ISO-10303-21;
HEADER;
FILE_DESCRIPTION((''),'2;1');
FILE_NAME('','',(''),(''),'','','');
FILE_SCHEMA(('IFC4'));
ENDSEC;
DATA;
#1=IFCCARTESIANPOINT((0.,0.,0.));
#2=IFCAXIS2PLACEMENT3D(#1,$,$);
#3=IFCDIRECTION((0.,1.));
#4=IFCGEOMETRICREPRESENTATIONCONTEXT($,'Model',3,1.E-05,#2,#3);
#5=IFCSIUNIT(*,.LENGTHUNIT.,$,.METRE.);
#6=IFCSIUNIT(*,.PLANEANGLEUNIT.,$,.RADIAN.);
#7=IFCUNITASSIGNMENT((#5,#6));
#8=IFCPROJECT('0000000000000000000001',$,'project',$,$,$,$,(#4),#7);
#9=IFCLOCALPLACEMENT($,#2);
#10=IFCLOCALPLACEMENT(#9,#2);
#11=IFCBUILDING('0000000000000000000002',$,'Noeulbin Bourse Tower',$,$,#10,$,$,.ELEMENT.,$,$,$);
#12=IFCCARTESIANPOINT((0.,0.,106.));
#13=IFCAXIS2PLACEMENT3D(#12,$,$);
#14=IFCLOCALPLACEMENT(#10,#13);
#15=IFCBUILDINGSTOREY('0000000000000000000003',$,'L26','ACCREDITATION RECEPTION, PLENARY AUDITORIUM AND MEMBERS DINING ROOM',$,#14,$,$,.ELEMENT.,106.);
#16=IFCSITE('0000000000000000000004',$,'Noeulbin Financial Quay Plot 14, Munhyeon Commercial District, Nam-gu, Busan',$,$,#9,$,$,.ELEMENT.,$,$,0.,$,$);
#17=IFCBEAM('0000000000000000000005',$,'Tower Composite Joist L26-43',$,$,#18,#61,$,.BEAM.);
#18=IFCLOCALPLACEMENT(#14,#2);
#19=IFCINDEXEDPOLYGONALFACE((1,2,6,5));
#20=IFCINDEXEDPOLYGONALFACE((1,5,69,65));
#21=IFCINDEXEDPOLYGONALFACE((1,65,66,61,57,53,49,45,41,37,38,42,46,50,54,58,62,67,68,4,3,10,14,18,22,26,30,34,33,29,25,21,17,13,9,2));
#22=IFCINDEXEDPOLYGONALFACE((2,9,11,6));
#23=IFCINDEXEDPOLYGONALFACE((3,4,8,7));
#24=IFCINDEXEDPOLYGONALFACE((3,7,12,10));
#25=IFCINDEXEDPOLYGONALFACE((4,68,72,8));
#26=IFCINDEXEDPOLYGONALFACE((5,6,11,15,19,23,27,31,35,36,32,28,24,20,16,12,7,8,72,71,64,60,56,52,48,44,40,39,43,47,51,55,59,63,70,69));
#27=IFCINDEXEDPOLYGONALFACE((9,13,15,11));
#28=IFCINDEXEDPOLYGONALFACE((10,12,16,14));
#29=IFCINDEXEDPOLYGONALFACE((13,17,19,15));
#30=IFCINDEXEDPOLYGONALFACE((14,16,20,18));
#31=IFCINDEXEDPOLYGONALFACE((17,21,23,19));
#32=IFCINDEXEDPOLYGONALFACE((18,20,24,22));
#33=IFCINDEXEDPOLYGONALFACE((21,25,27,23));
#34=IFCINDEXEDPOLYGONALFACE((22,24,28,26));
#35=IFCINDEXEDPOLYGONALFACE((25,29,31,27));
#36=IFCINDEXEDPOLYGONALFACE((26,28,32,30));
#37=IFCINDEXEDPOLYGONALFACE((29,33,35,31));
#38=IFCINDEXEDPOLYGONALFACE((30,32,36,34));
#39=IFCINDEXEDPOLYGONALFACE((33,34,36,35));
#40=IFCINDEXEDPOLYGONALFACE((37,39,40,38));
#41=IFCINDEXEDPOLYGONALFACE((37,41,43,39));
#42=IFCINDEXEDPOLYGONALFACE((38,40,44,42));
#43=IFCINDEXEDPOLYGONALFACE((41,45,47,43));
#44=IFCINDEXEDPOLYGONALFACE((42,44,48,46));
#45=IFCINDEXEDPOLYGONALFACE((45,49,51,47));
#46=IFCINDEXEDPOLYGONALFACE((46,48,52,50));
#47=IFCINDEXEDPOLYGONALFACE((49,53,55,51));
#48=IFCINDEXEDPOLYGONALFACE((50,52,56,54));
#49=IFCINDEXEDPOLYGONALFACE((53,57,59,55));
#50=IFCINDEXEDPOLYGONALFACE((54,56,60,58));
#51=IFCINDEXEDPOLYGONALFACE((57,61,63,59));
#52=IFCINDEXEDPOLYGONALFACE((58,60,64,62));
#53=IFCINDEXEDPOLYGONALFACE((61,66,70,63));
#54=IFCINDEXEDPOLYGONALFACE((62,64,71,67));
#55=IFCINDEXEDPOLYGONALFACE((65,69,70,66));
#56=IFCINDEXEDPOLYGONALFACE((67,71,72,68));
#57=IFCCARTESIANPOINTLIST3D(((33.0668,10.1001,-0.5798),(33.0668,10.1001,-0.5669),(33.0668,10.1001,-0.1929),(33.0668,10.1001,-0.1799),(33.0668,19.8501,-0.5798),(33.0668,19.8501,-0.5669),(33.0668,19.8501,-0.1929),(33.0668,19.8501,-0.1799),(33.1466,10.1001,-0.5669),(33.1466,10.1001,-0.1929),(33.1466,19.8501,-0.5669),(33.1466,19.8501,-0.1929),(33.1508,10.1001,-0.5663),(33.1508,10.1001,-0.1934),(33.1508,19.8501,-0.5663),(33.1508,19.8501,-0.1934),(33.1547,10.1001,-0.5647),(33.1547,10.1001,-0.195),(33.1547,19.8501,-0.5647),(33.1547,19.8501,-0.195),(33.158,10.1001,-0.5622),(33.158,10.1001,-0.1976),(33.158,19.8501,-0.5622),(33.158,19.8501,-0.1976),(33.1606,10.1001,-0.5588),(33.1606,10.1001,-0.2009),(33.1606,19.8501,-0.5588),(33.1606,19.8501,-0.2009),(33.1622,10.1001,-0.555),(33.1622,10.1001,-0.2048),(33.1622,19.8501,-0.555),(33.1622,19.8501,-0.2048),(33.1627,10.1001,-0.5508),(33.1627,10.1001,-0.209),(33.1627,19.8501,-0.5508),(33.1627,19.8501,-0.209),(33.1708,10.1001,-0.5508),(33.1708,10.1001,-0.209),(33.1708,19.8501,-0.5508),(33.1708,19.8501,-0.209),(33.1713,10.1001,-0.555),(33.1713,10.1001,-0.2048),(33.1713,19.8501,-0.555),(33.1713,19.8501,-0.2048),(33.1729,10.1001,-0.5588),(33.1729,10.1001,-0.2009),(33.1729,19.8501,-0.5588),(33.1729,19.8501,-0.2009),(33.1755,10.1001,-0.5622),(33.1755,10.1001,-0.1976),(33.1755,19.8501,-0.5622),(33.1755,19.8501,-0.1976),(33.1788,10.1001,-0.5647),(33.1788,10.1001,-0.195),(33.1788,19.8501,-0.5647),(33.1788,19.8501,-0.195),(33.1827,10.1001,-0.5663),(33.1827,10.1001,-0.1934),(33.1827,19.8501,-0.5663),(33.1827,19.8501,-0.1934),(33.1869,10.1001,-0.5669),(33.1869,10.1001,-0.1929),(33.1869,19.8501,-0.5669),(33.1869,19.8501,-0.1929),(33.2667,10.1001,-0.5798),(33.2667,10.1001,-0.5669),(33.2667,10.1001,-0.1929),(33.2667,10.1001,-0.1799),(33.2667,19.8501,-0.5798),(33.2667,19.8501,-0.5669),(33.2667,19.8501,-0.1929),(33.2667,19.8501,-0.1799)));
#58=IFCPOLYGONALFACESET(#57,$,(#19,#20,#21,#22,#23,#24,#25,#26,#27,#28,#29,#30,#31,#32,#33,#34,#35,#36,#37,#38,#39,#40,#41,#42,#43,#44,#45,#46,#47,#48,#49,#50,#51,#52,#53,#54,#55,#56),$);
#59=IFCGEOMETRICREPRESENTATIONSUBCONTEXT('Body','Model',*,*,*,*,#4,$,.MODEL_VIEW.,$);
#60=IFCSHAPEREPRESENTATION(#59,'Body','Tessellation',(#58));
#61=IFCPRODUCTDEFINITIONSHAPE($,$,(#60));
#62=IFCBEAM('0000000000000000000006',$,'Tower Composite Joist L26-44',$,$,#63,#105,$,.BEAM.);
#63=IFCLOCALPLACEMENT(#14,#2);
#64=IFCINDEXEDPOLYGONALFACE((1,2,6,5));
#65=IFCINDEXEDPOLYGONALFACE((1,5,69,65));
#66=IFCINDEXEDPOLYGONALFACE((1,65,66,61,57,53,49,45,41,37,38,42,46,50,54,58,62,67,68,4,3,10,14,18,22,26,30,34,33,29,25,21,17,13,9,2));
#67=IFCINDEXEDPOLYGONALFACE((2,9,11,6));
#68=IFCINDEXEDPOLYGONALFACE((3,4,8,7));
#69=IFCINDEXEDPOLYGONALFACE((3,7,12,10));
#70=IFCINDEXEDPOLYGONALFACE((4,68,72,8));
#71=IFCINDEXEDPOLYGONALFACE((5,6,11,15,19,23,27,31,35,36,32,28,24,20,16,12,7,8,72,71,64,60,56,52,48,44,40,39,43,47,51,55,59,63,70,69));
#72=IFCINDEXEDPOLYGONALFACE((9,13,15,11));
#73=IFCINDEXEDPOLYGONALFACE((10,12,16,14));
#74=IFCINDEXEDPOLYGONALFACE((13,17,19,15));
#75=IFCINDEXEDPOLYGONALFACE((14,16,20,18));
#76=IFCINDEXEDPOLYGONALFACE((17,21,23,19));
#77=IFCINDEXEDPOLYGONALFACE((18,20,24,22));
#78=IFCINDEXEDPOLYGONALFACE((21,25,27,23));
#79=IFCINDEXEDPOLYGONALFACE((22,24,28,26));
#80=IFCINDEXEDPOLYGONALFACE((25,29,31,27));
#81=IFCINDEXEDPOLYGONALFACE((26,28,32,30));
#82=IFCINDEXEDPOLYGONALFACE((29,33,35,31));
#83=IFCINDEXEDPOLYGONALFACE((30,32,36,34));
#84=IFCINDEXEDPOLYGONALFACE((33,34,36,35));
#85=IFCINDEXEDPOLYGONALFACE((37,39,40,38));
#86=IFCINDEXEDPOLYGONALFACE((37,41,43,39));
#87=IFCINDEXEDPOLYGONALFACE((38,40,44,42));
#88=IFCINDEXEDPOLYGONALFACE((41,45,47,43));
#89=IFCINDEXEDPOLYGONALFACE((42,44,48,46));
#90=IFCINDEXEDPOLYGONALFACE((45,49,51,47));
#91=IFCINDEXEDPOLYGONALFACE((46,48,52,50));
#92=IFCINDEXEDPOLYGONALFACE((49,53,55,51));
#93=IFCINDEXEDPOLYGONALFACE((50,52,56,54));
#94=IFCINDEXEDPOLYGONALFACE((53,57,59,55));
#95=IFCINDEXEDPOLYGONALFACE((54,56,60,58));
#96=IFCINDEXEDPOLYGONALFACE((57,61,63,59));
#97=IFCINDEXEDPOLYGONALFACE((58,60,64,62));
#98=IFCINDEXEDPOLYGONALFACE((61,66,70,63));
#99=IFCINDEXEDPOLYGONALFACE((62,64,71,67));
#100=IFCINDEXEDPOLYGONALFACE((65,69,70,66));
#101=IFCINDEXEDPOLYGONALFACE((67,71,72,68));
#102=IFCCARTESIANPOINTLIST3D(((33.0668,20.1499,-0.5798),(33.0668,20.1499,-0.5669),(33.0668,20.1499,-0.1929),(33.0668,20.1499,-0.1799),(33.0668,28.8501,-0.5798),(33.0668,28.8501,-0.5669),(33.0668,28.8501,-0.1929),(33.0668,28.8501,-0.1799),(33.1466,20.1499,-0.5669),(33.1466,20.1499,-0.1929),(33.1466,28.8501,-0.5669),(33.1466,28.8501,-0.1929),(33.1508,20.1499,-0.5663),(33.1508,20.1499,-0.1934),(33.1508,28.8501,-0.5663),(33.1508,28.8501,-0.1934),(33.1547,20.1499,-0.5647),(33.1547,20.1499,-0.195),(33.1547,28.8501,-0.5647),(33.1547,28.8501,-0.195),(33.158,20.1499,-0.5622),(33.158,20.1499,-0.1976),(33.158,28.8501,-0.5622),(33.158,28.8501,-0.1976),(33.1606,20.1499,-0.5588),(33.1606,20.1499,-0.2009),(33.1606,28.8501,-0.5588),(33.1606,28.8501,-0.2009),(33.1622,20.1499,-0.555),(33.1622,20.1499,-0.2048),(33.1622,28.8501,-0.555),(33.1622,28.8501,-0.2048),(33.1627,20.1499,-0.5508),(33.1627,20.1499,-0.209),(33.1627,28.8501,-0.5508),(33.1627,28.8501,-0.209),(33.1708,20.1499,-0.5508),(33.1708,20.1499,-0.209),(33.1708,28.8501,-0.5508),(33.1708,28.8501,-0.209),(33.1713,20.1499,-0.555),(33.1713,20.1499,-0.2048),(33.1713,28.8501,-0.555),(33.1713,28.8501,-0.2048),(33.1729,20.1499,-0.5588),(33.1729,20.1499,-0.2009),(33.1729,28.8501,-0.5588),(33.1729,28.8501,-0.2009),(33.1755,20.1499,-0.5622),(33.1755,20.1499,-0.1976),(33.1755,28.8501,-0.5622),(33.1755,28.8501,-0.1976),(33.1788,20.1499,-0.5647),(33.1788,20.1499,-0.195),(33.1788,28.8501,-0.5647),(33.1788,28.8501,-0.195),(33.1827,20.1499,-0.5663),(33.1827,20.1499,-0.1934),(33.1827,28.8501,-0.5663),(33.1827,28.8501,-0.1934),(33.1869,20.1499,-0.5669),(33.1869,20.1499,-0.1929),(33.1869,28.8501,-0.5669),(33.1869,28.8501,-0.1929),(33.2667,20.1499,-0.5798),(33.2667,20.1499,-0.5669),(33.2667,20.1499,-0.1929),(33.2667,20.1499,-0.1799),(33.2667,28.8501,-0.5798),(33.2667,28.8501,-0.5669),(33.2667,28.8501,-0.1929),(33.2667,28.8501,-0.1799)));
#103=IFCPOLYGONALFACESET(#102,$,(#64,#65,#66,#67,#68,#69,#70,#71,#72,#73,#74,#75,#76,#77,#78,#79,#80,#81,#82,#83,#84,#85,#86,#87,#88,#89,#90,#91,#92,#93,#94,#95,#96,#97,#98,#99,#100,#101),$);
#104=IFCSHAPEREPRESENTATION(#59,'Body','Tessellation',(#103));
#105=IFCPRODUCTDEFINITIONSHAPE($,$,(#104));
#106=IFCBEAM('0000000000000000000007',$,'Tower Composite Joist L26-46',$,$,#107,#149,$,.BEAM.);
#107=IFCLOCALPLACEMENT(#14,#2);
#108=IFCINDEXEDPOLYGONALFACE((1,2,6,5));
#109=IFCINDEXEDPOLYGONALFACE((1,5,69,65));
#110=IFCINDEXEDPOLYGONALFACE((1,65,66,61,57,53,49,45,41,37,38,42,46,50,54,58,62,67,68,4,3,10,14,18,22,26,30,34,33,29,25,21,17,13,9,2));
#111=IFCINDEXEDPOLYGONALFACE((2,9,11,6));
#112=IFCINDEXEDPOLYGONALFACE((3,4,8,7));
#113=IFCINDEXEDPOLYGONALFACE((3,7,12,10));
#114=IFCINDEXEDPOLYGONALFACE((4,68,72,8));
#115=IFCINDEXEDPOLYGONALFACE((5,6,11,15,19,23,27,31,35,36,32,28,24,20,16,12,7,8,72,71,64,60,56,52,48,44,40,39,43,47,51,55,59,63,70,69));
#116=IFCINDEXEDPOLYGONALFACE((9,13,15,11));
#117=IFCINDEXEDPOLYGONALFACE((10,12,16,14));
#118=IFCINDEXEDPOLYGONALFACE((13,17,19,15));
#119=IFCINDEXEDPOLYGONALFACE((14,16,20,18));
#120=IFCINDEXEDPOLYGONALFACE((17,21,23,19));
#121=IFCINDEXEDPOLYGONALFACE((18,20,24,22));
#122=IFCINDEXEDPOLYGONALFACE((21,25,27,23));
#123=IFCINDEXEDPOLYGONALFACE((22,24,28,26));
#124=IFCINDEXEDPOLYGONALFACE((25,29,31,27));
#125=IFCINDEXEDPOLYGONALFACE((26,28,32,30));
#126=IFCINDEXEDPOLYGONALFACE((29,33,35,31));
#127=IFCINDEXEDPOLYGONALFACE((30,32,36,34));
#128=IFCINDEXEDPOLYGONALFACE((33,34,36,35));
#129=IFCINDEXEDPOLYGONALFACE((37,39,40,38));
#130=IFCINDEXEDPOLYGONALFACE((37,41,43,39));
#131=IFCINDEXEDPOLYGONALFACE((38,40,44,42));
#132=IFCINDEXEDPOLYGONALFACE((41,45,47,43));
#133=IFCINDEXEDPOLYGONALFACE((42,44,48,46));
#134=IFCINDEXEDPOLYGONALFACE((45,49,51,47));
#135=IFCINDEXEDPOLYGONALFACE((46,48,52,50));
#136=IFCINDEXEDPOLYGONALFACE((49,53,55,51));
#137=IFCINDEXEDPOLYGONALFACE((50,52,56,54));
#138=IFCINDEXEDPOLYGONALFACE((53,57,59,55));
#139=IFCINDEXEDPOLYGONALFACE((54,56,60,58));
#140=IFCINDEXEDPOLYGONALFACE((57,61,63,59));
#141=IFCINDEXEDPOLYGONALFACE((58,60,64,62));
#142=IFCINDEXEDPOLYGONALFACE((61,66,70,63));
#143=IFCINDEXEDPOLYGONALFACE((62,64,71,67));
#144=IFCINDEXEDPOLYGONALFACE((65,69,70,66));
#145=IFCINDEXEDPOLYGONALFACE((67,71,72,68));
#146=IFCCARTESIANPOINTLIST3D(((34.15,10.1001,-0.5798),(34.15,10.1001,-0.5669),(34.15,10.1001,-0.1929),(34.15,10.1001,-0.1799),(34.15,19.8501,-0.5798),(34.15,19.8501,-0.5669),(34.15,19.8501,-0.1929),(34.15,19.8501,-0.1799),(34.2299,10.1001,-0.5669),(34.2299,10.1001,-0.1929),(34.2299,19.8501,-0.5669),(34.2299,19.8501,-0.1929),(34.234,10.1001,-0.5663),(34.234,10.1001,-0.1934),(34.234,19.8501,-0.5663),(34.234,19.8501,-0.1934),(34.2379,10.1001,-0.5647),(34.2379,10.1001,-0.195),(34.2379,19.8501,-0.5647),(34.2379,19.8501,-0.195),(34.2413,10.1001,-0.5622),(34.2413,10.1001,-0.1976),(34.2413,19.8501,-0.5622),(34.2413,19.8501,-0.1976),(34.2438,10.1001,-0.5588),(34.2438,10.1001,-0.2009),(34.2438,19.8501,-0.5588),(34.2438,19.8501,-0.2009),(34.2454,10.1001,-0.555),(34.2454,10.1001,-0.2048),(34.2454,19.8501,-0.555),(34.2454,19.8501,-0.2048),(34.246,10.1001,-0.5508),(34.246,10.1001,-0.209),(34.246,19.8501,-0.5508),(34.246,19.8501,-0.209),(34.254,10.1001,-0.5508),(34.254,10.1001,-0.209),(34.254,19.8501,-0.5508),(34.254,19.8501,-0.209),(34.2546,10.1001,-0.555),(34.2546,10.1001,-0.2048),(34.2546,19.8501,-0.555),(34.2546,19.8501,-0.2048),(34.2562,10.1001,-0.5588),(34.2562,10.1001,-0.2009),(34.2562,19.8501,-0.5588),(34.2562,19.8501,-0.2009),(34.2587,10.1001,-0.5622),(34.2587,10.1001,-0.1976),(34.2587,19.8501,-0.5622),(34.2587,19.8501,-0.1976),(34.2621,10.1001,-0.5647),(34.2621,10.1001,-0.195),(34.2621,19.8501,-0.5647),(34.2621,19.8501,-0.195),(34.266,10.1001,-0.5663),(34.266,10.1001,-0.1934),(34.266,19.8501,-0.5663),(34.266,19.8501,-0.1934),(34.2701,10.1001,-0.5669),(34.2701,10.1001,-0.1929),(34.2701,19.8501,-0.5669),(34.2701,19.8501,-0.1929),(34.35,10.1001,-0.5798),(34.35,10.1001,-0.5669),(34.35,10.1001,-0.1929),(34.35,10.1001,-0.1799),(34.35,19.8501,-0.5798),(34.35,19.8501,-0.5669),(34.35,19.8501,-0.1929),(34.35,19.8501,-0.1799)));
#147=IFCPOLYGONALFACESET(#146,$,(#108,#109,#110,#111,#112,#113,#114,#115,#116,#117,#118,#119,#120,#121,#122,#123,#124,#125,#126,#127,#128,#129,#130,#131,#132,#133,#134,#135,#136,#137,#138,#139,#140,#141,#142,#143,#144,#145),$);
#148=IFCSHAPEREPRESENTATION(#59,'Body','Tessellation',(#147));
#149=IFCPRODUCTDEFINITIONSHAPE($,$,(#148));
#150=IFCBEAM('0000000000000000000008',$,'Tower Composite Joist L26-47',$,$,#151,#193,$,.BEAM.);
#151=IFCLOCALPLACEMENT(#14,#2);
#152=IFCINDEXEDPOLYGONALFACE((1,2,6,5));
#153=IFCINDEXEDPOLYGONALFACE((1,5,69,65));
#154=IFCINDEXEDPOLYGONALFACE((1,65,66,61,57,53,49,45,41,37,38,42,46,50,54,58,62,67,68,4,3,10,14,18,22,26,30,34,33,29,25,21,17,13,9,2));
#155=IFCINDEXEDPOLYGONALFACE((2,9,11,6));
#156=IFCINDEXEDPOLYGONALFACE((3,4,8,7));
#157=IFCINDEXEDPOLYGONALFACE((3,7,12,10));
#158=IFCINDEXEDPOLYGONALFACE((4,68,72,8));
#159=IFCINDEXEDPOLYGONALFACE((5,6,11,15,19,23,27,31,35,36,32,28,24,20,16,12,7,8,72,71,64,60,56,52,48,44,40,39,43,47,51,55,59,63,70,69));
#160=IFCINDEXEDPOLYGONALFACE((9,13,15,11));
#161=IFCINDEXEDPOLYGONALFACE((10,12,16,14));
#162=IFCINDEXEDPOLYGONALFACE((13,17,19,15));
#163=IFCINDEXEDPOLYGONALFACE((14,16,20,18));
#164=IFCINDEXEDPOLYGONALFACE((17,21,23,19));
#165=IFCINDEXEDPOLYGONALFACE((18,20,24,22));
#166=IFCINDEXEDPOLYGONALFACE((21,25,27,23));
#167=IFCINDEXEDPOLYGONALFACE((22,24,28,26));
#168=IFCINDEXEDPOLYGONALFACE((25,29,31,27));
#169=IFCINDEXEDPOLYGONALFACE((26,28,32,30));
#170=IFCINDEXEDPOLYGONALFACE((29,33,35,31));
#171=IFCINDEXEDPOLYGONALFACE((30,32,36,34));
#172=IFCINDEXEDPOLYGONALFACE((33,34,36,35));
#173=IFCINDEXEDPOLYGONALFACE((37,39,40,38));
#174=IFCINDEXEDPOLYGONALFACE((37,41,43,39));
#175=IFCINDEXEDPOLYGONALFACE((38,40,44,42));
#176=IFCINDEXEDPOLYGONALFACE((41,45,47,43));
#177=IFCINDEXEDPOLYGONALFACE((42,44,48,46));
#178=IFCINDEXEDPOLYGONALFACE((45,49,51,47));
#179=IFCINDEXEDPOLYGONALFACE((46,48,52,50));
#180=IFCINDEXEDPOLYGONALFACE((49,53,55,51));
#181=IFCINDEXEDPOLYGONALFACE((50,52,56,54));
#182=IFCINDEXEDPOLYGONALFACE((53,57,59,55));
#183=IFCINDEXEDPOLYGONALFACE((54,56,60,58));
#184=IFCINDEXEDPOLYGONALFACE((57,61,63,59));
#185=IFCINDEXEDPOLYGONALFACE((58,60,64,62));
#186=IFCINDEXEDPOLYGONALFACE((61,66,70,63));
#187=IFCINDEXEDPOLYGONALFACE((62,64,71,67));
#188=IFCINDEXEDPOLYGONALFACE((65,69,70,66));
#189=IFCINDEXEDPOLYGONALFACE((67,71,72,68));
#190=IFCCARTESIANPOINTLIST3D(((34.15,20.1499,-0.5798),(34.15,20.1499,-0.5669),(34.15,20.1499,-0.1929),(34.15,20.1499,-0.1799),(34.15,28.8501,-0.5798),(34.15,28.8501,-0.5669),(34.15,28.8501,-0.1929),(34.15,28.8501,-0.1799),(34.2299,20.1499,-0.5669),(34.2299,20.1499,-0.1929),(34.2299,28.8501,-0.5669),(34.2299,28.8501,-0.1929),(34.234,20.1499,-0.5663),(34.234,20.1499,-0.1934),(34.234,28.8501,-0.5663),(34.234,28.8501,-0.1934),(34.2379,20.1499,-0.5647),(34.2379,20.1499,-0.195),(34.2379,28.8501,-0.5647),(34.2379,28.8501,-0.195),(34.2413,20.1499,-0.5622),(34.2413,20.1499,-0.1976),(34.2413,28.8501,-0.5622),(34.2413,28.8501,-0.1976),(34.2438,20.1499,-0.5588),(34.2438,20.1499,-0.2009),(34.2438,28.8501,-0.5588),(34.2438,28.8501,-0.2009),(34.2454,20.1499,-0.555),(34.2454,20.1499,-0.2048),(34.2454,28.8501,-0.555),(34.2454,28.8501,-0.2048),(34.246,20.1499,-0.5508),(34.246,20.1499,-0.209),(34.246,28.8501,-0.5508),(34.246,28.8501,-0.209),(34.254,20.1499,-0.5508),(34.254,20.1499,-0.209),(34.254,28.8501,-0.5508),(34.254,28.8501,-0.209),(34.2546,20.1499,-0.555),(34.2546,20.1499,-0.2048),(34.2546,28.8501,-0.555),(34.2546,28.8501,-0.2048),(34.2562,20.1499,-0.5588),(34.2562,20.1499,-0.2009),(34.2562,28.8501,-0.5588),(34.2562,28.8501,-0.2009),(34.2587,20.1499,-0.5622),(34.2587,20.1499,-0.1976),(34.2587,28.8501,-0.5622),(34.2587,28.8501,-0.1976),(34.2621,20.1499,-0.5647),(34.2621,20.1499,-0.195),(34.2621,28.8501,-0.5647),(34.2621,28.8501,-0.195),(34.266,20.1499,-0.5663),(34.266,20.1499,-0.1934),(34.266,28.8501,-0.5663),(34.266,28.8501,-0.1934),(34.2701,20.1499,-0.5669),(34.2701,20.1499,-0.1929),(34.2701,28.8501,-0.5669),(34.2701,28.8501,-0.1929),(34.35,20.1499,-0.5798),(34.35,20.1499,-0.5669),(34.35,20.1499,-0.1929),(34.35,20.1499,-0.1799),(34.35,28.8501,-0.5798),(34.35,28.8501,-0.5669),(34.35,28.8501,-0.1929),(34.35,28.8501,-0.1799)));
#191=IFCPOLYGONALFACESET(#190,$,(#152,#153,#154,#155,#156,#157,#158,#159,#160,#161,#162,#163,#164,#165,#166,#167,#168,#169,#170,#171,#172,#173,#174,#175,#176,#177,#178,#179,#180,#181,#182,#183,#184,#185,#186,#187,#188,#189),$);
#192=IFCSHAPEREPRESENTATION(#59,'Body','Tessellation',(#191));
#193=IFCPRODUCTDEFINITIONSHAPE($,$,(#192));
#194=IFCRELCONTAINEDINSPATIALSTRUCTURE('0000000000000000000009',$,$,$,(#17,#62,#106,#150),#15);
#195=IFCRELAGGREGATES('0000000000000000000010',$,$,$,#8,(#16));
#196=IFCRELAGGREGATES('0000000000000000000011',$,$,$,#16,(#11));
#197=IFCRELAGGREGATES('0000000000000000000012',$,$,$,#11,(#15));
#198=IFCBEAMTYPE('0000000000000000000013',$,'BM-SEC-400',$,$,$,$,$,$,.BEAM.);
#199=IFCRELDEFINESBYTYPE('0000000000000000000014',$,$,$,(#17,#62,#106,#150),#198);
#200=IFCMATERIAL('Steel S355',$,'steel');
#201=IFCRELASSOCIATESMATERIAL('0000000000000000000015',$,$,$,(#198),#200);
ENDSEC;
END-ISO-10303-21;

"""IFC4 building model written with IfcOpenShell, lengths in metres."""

from ifc_helpers import new_model, si_unit, direction, frame, origin, origin_2d, place, context, subcontext, project, spatial, i_section, extrude, material, material_profile, profile_set, type_object, element, save


model = new_model("IFC4")

# Units and contexts
model_context = context("Model", 3, precision=1e-05, world=origin(), true_north=direction((0.0, 1.0)))
body_context = subcontext(model_context, "Body", "Model", "MODEL_VIEW")
ifc_project = project(units=[si_unit("LENGTHUNIT", "METRE"), si_unit("PLANEANGLEUNIT", "RADIAN")], contexts=[model_context])

# Site, building, storey
site_placement = place(None, origin())
site = spatial("IfcSite", under=ifc_project, at=site_placement, Name="Noeulbin Financial Quay Plot 14, Munhyeon Commercial District, Nam-gu, Busan", CompositionType="ELEMENT", RefElevation=0.0)
building_placement = place(site_placement, origin())
building = spatial("IfcBuilding", under=site, at=building_placement, Name="Noeulbin Bourse Tower", CompositionType="ELEMENT")
storey_placement = place(building_placement, frame((0.0, 0.0, 106.0)))
storey = spatial("IfcBuildingStorey", under=building, at=storey_placement, Name="L26", Description="ACCREDITATION RECEPTION, PLENARY AUDITORIUM AND MEMBERS DINING ROOM", CompositionType="ELEMENT", Elevation=106.0)

# Beams
ifc_material_1 = material(Name="Steel S355", Category="steel")
ifc_material_profile_1 = material_profile(ifc_material_1, i_section(OverallWidth=0.2, OverallDepth=0.3999, WebThickness=0.0081, FlangeThickness=0.0129, FilletRadius=0.0161, at=origin_2d()), Name="H-400x200x8x13", Category="LoadBearing")
ifc_profile_set_1 = profile_set([ifc_material_profile_1], Name="Steel S355")
beam_type_1 = type_object("IfcBeamType", Name="BM-SEC-400", PredefinedType="BEAM", material=ifc_profile_set_1)
beam_1_placement = place(storey_placement, frame((33.1667, 10.1001, -0.3799), z_axis=(0.0, 1.0, 0.0), x_axis=(-1.0, 0.0, 0.0)))
element("IfcBeam", 1, at=beam_1_placement, inside=storey, type_object=beam_type_1, Name="Tower Composite Joist L26-43", PredefinedType="BEAM", context=body_context, shape_type="SweptSolid", body=[
    extrude(i_section(OverallWidth=0.2, OverallDepth=0.3999, WebThickness=0.0081, FlangeThickness=0.0129, FilletRadius=0.0161, at=origin_2d()), origin(), (0.0, 0.0, 1.0), 9.75),
])
beam_2_placement = place(storey_placement, frame((33.1667, 20.1499, -0.3799), z_axis=(0.0, 1.0, 0.0), x_axis=(-1.0, 0.0, 0.0)))
element("IfcBeam", 2, at=beam_2_placement, inside=storey, type_object=beam_type_1, Name="Tower Composite Joist L26-44", PredefinedType="BEAM", context=body_context, shape_type="SweptSolid", body=[
    extrude(i_section(OverallWidth=0.2, OverallDepth=0.3999, WebThickness=0.0081, FlangeThickness=0.0129, FilletRadius=0.0161, at=origin_2d()), origin(), (0.0, 0.0, 1.0), 8.7002),
])
beam_3_placement = place(storey_placement, frame((34.25, 10.1001, -0.3799), z_axis=(0.0, 1.0, 0.0), x_axis=(-1.0, 0.0, 0.0)))
element("IfcBeam", 3, at=beam_3_placement, inside=storey, type_object=beam_type_1, Name="Tower Composite Joist L26-46", PredefinedType="BEAM", context=body_context, shape_type="SweptSolid", body=[
    extrude(i_section(OverallWidth=0.2, OverallDepth=0.3999, WebThickness=0.0081, FlangeThickness=0.0129, FilletRadius=0.0161, at=origin_2d()), origin(), (0.0, 0.0, 1.0), 9.75),
])
beam_4_placement = place(storey_placement, frame((34.25, 20.1499, -0.3799), z_axis=(0.0, 1.0, 0.0), x_axis=(-1.0, 0.0, 0.0)))
element("IfcBeam", 4, at=beam_4_placement, inside=storey, type_object=beam_type_1, Name="Tower Composite Joist L26-47", PredefinedType="BEAM", context=body_context, shape_type="SweptSolid", body=[
    extrude(i_section(OverallWidth=0.2, OverallDepth=0.3999, WebThickness=0.0081, FlangeThickness=0.0129, FilletRadius=0.0161, at=origin_2d()), origin(), (0.0, 0.0, 1.0), 8.7002),
])

save(model, "model.ifc")
